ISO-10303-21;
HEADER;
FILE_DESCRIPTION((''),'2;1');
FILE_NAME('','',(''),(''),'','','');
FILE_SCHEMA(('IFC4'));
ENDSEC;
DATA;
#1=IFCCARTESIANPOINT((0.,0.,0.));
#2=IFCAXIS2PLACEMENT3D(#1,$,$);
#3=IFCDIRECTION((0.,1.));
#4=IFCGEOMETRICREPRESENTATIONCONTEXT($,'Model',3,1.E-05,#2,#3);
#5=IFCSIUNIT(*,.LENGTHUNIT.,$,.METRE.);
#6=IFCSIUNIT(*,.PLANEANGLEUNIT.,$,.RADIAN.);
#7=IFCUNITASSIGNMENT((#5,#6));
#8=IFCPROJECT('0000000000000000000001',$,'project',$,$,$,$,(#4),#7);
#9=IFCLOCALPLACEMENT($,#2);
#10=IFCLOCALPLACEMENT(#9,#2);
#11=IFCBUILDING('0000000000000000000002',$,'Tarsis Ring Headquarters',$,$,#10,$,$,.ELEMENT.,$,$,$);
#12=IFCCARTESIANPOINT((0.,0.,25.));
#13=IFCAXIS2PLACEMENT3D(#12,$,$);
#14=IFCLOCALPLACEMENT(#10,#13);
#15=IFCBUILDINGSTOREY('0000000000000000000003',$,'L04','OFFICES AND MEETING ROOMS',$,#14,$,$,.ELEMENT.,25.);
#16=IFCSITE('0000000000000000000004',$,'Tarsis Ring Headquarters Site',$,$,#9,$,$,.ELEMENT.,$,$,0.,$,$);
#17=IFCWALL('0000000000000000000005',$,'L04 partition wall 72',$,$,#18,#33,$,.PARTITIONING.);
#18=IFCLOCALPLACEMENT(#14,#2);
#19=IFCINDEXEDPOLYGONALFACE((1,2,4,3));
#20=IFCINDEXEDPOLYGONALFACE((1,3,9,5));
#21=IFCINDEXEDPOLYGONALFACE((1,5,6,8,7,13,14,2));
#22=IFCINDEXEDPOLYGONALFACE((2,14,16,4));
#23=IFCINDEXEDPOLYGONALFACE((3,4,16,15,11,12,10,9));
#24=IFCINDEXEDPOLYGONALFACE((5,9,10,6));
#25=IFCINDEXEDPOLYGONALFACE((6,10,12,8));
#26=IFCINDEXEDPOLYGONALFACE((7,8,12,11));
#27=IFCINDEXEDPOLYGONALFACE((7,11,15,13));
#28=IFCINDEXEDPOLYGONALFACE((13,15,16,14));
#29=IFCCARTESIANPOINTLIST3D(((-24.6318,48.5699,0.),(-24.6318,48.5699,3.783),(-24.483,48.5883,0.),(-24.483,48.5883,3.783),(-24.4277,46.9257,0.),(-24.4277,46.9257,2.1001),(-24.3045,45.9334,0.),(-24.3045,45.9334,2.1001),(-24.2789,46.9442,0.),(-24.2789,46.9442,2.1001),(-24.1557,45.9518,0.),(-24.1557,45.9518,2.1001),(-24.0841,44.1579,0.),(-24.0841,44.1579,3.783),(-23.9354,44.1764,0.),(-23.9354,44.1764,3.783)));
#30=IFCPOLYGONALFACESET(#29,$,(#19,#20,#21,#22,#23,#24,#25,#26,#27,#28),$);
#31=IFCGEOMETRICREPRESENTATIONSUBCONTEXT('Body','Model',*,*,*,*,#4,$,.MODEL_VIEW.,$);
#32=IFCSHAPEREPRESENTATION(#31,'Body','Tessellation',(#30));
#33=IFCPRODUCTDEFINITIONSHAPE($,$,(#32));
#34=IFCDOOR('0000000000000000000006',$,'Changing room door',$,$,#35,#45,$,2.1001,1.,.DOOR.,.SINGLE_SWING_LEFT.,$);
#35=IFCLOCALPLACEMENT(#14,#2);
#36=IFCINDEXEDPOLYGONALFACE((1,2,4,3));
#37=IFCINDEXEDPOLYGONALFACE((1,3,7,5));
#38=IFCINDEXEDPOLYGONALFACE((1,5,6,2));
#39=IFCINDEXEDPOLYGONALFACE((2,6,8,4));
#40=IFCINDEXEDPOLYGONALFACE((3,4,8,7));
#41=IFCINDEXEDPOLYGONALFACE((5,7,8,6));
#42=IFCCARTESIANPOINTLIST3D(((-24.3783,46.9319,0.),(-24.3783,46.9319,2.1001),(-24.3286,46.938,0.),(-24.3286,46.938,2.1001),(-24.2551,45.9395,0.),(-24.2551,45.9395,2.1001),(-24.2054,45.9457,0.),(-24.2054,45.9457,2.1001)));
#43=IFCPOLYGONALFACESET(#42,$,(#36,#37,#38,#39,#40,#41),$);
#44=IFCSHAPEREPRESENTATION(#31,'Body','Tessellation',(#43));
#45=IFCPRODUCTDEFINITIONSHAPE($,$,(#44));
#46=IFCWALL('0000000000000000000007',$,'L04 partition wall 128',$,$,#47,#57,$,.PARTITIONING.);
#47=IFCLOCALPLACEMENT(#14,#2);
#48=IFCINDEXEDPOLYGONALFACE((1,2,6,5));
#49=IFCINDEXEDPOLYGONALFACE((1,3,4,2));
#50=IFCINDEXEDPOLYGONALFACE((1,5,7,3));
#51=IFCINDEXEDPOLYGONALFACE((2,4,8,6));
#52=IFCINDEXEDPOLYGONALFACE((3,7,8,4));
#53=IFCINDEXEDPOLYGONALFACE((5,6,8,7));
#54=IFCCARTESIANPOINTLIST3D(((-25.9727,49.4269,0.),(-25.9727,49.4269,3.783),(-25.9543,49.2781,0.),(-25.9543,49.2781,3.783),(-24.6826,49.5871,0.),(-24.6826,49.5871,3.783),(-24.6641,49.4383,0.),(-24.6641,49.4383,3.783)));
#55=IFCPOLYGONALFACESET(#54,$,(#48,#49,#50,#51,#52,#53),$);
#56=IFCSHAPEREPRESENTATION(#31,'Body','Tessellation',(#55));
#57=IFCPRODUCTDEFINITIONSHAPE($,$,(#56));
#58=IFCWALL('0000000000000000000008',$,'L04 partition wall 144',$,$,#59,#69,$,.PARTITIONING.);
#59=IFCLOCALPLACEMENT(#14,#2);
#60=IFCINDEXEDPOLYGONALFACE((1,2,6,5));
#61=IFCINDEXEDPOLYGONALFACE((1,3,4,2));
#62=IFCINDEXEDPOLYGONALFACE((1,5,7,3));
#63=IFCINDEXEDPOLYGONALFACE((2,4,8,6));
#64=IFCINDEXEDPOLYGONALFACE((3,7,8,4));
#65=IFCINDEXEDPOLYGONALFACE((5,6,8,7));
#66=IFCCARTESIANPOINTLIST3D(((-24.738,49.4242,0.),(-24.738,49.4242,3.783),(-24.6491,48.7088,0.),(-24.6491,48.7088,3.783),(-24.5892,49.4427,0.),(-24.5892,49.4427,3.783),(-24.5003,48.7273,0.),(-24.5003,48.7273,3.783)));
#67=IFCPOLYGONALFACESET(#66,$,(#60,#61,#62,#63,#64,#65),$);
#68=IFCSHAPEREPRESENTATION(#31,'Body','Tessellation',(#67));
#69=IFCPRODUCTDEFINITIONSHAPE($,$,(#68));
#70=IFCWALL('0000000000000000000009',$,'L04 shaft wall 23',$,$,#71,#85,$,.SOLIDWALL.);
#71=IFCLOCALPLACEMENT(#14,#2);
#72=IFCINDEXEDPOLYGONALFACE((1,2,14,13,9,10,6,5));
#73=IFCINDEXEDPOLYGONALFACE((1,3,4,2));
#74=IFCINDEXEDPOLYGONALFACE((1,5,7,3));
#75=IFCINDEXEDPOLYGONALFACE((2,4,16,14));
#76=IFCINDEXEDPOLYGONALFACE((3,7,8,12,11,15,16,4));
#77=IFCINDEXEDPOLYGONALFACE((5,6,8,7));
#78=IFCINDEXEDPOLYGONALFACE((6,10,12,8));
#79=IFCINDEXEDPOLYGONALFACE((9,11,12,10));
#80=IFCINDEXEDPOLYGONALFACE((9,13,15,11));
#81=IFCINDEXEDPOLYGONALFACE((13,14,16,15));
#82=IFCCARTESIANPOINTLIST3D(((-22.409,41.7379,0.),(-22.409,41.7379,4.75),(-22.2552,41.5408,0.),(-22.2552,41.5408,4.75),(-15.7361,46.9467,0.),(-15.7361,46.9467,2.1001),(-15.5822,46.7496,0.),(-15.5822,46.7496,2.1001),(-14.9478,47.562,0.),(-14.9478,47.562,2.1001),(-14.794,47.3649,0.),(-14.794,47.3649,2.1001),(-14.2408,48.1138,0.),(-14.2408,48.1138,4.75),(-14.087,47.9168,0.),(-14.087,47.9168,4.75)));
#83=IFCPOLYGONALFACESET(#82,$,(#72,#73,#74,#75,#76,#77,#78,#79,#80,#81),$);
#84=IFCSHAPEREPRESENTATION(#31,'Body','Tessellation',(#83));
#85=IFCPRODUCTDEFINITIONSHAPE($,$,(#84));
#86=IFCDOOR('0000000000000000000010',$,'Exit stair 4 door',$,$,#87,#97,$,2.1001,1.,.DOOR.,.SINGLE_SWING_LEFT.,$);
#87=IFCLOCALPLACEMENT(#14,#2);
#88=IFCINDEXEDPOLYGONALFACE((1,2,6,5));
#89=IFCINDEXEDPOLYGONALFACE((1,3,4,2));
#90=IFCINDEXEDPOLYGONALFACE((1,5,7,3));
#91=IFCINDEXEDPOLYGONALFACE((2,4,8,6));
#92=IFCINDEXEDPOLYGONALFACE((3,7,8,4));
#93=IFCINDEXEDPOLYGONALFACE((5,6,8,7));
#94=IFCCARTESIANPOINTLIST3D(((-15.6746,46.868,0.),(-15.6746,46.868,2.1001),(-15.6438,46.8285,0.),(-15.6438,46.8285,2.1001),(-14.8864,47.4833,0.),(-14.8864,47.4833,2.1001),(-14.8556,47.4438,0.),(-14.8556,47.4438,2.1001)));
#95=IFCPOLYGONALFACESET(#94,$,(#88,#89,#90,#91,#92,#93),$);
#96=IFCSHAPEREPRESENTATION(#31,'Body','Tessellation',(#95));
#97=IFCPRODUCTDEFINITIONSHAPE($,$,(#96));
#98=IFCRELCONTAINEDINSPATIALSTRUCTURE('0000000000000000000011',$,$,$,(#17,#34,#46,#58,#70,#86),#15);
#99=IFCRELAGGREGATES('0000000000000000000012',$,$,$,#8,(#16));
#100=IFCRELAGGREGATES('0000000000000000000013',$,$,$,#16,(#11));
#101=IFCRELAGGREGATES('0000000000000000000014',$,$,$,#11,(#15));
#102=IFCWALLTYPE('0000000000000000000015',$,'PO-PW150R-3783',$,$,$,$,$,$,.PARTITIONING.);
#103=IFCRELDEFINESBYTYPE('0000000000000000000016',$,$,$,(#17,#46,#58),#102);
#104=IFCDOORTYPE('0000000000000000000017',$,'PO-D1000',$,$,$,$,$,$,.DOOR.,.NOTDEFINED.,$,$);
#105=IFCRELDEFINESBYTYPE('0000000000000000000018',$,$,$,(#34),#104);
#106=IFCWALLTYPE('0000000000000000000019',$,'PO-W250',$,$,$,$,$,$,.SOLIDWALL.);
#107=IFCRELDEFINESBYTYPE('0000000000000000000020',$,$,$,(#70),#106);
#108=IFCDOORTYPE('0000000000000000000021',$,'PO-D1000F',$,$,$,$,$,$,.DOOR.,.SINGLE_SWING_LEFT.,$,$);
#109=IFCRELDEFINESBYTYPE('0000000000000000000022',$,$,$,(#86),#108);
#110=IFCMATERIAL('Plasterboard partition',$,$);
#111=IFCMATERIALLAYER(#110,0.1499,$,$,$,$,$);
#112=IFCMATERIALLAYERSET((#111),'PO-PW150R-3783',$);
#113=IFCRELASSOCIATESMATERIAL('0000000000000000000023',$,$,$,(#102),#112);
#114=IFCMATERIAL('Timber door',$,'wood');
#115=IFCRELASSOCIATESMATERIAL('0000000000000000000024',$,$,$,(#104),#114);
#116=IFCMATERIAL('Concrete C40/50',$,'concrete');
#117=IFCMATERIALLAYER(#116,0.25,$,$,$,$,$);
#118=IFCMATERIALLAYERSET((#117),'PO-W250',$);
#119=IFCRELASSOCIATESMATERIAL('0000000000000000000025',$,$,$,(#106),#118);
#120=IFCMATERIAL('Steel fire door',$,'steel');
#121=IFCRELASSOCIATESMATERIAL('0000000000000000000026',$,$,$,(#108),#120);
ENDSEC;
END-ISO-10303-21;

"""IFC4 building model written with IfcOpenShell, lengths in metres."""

from ifc_helpers import new_model, si_unit, direction, frame, frame_2d, origin, place, context, subcontext, project, spatial, rectangle, extrude, material, layer, layer_set, type_object, element, fill, save


model = new_model("IFC4")

# Units and contexts
model_context = context("Model", 3, precision=1e-05, world=origin(), true_north=direction((0.0, 1.0)))
body_context = subcontext(model_context, "Body", "Model", "MODEL_VIEW")
ifc_project = project(units=[si_unit("LENGTHUNIT", "METRE"), si_unit("PLANEANGLEUNIT", "RADIAN")], contexts=[model_context])

# Site, building, storey
site_placement = place(None, origin())
site = spatial("IfcSite", under=ifc_project, at=site_placement, Name="Tarsis Ring Headquarters Site", CompositionType="ELEMENT", RefElevation=0.0)
building_placement = place(site_placement, origin())
building = spatial("IfcBuilding", under=site, at=building_placement, Name="Tarsis Ring Headquarters", CompositionType="ELEMENT")
storey_placement = place(building_placement, frame((0.0, 0.0, 25.0)))
storey = spatial("IfcBuildingStorey", under=building, at=storey_placement, Name="L04", Description="OFFICES AND MEETING ROOMS", CompositionType="ELEMENT", Elevation=25.0)

# Shared definitions
ifc_material_1 = material(Name="Concrete C40/50", Category="concrete")

# Shared definitions
ifc_material_2 = material(Name="Plasterboard partition")
ifc_layer_1 = layer(ifc_material_2, 0.1499)
ifc_layer_set_1 = layer_set([ifc_layer_1], Name="PO-PW150R-3783")
wall_type_1 = type_object("IfcWallType", Name="PO-PW150R-3783", PredefinedType="PARTITIONING", material=ifc_layer_set_1)

# Wall, opening, door
wall_1_placement = place(storey_placement, frame((-24.5574, 48.5791, 0.0), z_axis=(0.0, 0.0, 1.0), x_axis=(0.123176, -0.992385, 0.0)))
wall_1 = element("IfcWall", 1, at=wall_1_placement, inside=storey, type_object=wall_type_1, Name="L04 partition wall 72", PredefinedType="PARTITIONING", context=body_context, shape_type="SweptSolid", body=[
    extrude(rectangle(XDim=4.4458, YDim=0.1499, at=frame_2d((2.2229, 0.0))), origin(), (0.0, 0.0, 1.0), 3.783),
])
opening_1_placement = place(wall_1_placement, frame((1.6567, 0.0, 0.0)))
opening_1 = element("IfcOpeningElement", 2, at=opening_1_placement, cuts=wall_1, PredefinedType="OPENING", context=body_context, shape_type="SweptSolid", body=[
    extrude(rectangle(XDim=1.0, YDim=2.1001, at=frame_2d((0.5, 1.05))), frame((0.0, 0.085, 0.0), z_axis=(0.0, -1.0, 0.0), x_axis=(1.0, 0.0, 0.0)), (0.0, 0.0, 1.0), 0.1699),
])
ifc_material_3 = material(Name="Timber door", Category="wood")
door_type_1 = type_object("IfcDoorType", Name="PO-D1000", OperationType="NOTDEFINED", PredefinedType="DOOR", material=ifc_material_3)
door_1_placement = place(opening_1_placement, origin())
door_1 = element("IfcDoor", 3, at=door_1_placement, inside=storey, type_object=door_type_1, Name="Changing room door", OperationType="SINGLE_SWING_LEFT", OverallHeight=2.1001, OverallWidth=1.0, PredefinedType="DOOR", context=body_context, shape_type="SweptSolid", body=[
    extrude(rectangle(XDim=1.0, YDim=2.1001, at=frame_2d((0.5, 1.05))), frame((0.0, 0.0249, 0.0), z_axis=(0.0, -1.0, 0.0), x_axis=(1.0, 0.0, 0.0)), (0.0, 0.0, 1.0), 0.05),
])
fill(opening_1, door_1)

# Walls
wall_2_placement = place(storey_placement, frame((-25.9634, 49.3525, 0.0), z_axis=(0.0, 0.0, 1.0), x_axis=(0.992382, 0.123203, 0.0)))
element("IfcWall", 4, at=wall_2_placement, inside=storey, type_object=wall_type_1, Name="L04 partition wall 128", PredefinedType="PARTITIONING", context=body_context, shape_type="SweptSolid", body=[
    extrude(rectangle(XDim=1.3, YDim=0.1499, at=frame_2d((0.6499, 0.0))), origin(), (0.0, 0.0, 1.0), 3.783),
])
wall_3_placement = place(storey_placement, frame((-24.6636, 49.4333, 0.0), z_axis=(0.0, 0.0, 1.0), x_axis=(0.123284, -0.992371, 0.0)))
element("IfcWall", 5, at=wall_3_placement, inside=storey, type_object=wall_type_1, Name="L04 partition wall 144", PredefinedType="PARTITIONING", context=body_context, shape_type="SweptSolid", body=[
    extrude(rectangle(XDim=0.7209, YDim=0.1499, at=frame_2d((0.3604, 0.0))), origin(), (0.0, 0.0, 1.0), 3.783),
])

# Wall, opening, door
ifc_layer_2 = layer(ifc_material_1, 0.25)
ifc_layer_set_2 = layer_set([ifc_layer_2], Name="PO-W250")
wall_type_2 = type_object("IfcWallType", Name="PO-W250", PredefinedType="SOLIDWALL", material=ifc_layer_set_2)
wall_4_placement = place(storey_placement, frame((-14.1638, 48.0154, 0.0), z_axis=(0.0, 0.0, 1.0), x_axis=(-0.788279, -0.615318, 0.0)))
wall_4 = element("IfcWall", 6, at=wall_4_placement, inside=storey, type_object=wall_type_2, Name="L04 shaft wall 23", PredefinedType="SOLIDWALL", context=body_context, shape_type="SweptSolid", body=[
    extrude(rectangle(XDim=10.3621, YDim=0.25, at=frame_2d((5.1812, 0.0))), origin(), (0.0, 0.0, 1.0), 4.75),
])
opening_2_placement = place(wall_4_placement, frame((0.897, 0.0, 0.0)))
opening_2 = element("IfcOpeningElement", 7, at=opening_2_placement, cuts=wall_4, PredefinedType="OPENING", context=body_context, shape_type="SweptSolid", body=[
    extrude(rectangle(XDim=1.0, YDim=2.1001, at=frame_2d((0.5, 1.05))), frame((0.0, 0.135, 0.0), z_axis=(0.0, -1.0, 0.0), x_axis=(1.0, 0.0, 0.0)), (0.0, 0.0, 1.0), 0.27),
])
ifc_material_4 = material(Name="Steel fire door", Category="steel")
door_type_2 = type_object("IfcDoorType", Name="PO-D1000F", OperationType="SINGLE_SWING_LEFT", PredefinedType="DOOR", material=ifc_material_4)
door_2_placement = place(opening_2_placement, origin())
door_2 = element("IfcDoor", 8, at=door_2_placement, inside=storey, type_object=door_type_2, Name="Exit stair 4 door", OperationType="SINGLE_SWING_LEFT", OverallHeight=2.1001, OverallWidth=1.0, PredefinedType="DOOR", context=body_context, shape_type="SweptSolid", body=[
    extrude(rectangle(XDim=1.0, YDim=2.1001, at=frame_2d((0.5, 1.05))), frame((0.0, 0.0249, 0.0), z_axis=(0.0, -1.0, 0.0), x_axis=(1.0, 0.0, 0.0)), (0.0, 0.0, 1.0), 0.05),
])
fill(opening_2, door_2)

save(model, "model.ifc")
